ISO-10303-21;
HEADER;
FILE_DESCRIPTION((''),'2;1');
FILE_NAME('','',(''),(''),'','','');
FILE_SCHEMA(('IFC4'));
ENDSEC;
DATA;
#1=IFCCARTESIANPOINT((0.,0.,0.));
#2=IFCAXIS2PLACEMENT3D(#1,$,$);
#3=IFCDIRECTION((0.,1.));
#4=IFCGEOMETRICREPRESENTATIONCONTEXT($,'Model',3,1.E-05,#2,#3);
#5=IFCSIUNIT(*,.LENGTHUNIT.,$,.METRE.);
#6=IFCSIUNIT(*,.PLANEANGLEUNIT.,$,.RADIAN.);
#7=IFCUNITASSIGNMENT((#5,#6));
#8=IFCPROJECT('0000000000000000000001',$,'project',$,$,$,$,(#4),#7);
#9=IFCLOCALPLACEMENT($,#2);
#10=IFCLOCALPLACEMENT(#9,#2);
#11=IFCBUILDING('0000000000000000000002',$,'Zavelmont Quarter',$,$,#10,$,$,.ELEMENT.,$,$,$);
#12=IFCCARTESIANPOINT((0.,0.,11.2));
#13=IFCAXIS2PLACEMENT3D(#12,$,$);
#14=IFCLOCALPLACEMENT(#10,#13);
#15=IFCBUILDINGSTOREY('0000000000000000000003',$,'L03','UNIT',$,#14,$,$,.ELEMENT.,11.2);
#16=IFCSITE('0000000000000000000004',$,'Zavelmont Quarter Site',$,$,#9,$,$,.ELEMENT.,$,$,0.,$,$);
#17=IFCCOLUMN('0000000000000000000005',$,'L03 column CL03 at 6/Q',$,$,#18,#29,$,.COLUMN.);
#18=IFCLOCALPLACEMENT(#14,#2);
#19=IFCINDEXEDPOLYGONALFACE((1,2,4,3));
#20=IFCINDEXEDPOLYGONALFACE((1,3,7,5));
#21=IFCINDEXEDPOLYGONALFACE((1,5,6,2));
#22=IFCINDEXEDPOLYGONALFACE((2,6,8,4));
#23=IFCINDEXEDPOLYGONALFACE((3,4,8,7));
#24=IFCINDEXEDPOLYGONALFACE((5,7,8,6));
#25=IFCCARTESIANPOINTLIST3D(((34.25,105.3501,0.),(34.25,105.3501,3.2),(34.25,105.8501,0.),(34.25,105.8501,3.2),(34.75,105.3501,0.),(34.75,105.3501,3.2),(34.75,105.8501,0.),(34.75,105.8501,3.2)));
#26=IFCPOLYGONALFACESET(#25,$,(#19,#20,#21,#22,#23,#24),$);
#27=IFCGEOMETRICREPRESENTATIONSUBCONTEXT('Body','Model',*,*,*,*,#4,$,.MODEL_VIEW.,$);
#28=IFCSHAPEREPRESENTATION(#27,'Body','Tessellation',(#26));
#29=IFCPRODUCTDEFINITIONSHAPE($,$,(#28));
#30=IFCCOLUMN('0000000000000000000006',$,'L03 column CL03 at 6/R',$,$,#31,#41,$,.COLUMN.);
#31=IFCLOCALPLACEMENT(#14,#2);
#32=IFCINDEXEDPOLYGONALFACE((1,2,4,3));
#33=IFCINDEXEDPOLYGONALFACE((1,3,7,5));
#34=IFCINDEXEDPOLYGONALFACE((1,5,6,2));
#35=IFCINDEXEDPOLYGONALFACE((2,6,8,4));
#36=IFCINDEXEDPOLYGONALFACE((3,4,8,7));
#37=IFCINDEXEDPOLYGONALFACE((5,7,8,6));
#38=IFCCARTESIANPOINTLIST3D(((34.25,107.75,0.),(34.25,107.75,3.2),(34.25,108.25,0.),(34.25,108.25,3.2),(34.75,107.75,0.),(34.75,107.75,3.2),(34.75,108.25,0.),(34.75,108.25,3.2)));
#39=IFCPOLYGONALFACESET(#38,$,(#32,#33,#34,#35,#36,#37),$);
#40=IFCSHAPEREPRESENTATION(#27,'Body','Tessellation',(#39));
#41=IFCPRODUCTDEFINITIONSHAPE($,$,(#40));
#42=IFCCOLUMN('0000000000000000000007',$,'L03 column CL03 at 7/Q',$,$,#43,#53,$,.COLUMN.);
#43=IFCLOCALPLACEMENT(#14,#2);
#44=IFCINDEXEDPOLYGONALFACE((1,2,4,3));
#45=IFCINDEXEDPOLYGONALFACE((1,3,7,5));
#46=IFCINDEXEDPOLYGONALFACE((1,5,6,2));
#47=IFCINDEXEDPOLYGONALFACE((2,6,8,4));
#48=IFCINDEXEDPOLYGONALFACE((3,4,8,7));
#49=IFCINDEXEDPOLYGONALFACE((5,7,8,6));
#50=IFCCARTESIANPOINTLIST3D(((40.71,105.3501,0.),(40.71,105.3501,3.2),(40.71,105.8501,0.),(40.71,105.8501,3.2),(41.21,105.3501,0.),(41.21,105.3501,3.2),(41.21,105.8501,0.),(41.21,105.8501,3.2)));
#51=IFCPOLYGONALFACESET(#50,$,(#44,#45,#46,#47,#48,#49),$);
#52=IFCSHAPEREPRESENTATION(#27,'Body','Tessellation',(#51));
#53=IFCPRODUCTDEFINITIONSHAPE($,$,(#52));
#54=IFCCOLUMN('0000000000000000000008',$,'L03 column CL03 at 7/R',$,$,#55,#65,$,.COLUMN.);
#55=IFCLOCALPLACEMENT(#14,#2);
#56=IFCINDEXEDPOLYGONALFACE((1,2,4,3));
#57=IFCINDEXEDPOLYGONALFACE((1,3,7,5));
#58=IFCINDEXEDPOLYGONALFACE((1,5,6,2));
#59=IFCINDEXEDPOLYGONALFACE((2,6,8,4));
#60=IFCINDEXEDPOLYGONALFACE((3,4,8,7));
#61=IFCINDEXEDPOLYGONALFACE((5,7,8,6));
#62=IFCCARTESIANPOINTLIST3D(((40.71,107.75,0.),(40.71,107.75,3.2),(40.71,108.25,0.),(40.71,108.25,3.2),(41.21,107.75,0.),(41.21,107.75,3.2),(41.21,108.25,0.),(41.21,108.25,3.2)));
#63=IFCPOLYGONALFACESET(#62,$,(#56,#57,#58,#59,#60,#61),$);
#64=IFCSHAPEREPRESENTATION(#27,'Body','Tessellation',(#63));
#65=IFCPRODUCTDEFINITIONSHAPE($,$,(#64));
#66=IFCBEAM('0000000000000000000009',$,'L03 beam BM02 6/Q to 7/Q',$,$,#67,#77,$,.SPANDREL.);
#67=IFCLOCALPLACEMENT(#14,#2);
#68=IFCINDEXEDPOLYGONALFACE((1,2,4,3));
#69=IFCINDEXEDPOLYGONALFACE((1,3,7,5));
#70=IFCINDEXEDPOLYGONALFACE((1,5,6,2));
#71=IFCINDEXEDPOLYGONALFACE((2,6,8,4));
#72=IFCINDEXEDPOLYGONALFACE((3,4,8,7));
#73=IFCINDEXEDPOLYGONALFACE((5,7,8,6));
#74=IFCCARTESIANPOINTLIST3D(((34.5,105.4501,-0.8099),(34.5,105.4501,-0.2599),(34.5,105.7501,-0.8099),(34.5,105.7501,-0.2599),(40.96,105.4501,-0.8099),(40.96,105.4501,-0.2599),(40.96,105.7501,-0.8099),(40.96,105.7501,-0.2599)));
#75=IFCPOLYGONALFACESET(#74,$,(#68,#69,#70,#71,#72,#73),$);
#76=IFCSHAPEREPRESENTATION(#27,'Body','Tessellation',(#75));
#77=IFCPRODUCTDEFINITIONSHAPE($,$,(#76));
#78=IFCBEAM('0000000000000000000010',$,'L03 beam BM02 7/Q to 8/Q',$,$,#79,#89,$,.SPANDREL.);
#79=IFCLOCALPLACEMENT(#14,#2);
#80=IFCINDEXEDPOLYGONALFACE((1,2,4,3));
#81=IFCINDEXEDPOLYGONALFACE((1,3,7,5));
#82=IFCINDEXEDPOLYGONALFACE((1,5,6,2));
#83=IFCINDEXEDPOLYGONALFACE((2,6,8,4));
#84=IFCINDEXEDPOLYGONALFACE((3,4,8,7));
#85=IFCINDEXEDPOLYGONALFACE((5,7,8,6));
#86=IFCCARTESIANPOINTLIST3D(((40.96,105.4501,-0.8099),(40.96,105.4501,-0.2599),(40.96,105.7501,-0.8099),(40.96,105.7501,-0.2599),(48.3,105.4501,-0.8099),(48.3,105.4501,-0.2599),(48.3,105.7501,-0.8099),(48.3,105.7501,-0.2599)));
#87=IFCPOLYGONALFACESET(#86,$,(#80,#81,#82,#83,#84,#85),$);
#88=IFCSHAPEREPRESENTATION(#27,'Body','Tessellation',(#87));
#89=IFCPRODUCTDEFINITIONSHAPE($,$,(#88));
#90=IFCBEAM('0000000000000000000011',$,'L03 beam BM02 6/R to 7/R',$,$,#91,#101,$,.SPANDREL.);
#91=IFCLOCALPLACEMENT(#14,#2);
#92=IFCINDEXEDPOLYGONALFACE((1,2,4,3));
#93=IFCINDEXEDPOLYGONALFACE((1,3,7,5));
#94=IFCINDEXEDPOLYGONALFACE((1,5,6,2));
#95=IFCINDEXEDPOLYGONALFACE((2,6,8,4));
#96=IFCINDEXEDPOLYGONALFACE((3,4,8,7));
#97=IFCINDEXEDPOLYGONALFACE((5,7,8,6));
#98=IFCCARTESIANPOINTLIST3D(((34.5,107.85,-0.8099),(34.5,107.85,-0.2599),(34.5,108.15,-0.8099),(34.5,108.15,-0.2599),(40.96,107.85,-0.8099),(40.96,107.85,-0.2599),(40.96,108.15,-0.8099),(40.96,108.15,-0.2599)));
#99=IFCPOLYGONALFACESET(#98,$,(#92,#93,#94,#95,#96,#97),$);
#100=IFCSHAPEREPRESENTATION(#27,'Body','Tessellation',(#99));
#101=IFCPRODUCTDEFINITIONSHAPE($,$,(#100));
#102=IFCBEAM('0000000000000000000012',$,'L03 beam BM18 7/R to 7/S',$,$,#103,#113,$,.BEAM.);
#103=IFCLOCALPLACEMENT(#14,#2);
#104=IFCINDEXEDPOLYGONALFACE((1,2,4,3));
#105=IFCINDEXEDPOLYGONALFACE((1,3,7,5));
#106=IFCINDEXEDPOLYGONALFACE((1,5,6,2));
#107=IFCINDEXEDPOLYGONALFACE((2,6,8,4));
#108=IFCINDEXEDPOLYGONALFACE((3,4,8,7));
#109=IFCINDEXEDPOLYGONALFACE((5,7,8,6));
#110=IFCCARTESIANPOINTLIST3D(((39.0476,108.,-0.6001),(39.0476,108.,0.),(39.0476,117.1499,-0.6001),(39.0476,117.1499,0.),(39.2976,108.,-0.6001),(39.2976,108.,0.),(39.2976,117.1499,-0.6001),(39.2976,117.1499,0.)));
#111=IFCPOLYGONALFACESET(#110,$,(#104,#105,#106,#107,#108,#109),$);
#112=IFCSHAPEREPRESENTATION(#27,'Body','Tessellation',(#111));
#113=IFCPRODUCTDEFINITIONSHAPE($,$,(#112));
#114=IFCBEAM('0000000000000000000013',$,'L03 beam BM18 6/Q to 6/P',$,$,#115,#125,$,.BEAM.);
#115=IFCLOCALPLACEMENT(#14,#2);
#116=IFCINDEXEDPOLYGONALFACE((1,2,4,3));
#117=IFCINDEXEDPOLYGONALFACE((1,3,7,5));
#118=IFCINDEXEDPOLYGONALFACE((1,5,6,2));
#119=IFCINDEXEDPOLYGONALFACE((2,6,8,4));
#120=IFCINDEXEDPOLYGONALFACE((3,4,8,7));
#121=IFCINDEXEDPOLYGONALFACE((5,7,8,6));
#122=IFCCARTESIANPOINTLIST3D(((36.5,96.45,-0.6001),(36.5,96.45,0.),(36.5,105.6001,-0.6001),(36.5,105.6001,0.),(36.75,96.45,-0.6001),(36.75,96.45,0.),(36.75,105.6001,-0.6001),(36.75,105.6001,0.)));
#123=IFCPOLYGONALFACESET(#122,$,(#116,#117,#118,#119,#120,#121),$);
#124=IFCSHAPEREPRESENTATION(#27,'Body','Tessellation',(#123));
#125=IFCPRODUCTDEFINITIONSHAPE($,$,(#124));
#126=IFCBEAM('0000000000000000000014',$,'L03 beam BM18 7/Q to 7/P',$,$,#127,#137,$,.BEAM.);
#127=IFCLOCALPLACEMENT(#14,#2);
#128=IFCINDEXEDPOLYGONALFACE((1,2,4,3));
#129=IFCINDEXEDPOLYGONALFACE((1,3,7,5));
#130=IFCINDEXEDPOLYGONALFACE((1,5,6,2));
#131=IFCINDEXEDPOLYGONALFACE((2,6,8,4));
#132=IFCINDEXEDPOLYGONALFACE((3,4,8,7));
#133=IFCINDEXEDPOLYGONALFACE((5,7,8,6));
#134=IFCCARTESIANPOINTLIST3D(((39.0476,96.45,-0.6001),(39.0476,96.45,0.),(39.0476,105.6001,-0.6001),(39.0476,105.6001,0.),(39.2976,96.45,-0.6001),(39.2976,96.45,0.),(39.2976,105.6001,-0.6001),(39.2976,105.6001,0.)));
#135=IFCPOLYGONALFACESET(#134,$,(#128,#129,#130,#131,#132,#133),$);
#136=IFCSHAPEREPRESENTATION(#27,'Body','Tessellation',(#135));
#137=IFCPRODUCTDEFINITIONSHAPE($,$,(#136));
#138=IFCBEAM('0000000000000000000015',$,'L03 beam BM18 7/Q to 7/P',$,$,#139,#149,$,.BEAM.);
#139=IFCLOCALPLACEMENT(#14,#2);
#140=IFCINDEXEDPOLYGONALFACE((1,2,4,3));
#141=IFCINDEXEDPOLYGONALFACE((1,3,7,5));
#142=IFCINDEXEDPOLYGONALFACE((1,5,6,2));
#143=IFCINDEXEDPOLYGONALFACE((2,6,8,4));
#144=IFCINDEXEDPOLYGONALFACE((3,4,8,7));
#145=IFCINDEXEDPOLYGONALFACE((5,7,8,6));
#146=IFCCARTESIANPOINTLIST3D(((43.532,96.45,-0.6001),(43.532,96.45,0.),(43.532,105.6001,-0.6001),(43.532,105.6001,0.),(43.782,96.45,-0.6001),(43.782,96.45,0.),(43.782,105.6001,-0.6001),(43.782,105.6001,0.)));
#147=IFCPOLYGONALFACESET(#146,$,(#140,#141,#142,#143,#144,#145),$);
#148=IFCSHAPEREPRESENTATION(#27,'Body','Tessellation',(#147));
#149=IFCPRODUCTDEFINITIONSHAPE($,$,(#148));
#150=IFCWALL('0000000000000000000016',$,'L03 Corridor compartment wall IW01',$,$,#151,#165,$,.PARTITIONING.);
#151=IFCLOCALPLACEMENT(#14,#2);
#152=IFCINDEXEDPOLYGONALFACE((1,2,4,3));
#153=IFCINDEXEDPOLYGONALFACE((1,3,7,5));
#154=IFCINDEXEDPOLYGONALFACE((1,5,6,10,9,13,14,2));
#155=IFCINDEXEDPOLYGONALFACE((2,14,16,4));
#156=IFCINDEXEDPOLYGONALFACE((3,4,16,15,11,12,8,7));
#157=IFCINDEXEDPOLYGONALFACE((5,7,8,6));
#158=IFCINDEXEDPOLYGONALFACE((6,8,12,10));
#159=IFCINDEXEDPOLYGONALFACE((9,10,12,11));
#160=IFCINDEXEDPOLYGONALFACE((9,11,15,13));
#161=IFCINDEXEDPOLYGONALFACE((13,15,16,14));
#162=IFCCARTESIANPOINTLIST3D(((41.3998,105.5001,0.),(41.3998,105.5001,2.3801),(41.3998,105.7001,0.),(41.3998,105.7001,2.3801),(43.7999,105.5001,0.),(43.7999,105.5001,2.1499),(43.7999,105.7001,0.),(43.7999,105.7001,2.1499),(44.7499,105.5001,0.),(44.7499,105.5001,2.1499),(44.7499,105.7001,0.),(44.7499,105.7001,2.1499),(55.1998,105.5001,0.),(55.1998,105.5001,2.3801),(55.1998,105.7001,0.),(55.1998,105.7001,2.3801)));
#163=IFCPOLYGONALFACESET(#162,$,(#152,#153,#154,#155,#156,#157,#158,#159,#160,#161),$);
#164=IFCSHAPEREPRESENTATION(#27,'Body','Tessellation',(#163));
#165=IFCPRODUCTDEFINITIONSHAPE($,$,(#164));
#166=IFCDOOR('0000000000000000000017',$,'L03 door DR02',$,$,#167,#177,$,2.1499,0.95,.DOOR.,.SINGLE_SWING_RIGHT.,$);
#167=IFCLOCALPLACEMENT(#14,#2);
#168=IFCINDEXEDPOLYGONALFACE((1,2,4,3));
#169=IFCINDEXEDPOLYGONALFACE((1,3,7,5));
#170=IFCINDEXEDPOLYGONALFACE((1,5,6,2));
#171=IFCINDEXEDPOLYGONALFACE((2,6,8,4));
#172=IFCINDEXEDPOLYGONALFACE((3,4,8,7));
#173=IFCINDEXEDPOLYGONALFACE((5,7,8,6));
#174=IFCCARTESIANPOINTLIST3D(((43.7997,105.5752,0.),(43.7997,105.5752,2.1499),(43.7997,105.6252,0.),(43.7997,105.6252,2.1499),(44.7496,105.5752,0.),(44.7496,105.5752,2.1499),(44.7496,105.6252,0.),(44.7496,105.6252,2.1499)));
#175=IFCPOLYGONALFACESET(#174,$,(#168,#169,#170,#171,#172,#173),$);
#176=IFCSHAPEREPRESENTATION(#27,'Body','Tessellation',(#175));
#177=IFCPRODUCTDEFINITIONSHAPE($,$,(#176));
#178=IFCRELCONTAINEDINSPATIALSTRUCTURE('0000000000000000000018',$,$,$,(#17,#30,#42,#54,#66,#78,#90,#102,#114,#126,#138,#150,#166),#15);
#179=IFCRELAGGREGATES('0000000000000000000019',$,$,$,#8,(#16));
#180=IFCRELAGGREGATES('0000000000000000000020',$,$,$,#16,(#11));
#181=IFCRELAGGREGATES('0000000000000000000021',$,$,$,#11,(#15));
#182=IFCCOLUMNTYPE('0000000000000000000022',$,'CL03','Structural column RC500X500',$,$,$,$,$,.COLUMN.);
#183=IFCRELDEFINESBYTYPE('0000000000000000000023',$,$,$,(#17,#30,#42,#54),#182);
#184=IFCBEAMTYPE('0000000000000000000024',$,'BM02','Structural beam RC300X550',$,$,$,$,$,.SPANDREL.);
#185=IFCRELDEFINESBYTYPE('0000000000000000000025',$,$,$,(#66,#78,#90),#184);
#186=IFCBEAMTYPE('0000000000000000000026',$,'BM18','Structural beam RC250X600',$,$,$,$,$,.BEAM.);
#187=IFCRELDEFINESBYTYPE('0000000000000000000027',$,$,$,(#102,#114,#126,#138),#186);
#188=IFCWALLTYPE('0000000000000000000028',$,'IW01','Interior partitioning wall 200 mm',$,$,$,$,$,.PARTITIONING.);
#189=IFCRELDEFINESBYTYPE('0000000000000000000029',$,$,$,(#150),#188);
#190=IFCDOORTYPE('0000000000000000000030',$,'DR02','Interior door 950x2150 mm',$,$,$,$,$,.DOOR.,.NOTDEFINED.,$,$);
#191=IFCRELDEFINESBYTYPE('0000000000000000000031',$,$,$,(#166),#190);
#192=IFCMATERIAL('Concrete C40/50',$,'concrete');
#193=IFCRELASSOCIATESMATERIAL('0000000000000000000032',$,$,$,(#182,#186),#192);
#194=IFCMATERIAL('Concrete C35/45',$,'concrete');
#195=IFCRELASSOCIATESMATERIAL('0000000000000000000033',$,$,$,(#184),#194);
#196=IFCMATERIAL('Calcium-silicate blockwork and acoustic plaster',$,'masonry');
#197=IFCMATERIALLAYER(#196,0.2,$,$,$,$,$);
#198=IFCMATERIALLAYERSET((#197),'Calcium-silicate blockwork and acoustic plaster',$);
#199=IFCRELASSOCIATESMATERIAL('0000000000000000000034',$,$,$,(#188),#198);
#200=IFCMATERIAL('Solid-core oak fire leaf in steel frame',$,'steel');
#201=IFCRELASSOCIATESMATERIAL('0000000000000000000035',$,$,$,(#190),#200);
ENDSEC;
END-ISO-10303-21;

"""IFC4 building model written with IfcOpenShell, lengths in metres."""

from ifc_helpers import new_model, si_unit, direction, frame, frame_2d, origin, origin_2d, place, context, subcontext, project, spatial, rectangle, extrude, material, layer, layer_set, material_profile, profile_set, type_object, element, fill, save


model = new_model("IFC4")

# Units and contexts
model_context = context("Model", 3, precision=1e-05, world=origin(), true_north=direction((0.0, 1.0)))
body_context = subcontext(model_context, "Body", "Model", "MODEL_VIEW")
ifc_project = project(units=[si_unit("LENGTHUNIT", "METRE"), si_unit("PLANEANGLEUNIT", "RADIAN")], contexts=[model_context])

# Site, building, storey
site_placement = place(None, origin())
site = spatial("IfcSite", under=ifc_project, at=site_placement, Name="Zavelmont Quarter Site", CompositionType="ELEMENT", RefElevation=0.0)
building_placement = place(site_placement, origin())
building = spatial("IfcBuilding", under=site, at=building_placement, Name="Zavelmont Quarter", CompositionType="ELEMENT")
storey_placement = place(building_placement, frame((0.0, 0.0, 11.2)))
storey = spatial("IfcBuildingStorey", under=building, at=storey_placement, Name="L03", Description="UNIT", CompositionType="ELEMENT", Elevation=11.2)

# Columns
ifc_material_1 = material(Name="Concrete C40/50", Category="concrete")
ifc_material_profile_1 = material_profile(ifc_material_1, rectangle(XDim=0.5, YDim=0.5, at=origin_2d()), Name="RC500X500")
ifc_profile_set_1 = profile_set([ifc_material_profile_1], Name="Concrete C40/50")
column_type = type_object("IfcColumnType", Name="CL03", Description="Structural column RC500X500", PredefinedType="COLUMN", material=ifc_profile_set_1)
for number, where, z_axis, x_axis, name in (
    (1, (34.5, 105.6001, 0.0), (0.0, 0.0, 1.0), (1.0, 0.0, 0.0), "L03 column CL03 at 6/Q"),
    (2, (34.5, 108.0, 0.0), (0.0, 0.0, 1.0), (1.0, 0.0, 0.0), "L03 column CL03 at 6/R"),
    (3, (40.96, 105.6001, 0.0), (0.0, 0.0, 1.0), (1.0, 0.0, 0.0), "L03 column CL03 at 7/Q"),
    (4, (40.96, 108.0, 0.0), (0.0, 0.0, 1.0), (1.0, 0.0, 0.0), "L03 column CL03 at 7/R"),
):
    element("IfcColumn", number, at=place(storey_placement, frame(where, z_axis=z_axis, x_axis=x_axis)), inside=storey, type_object=column_type, Name=name, PredefinedType="COLUMN", context=body_context, shape_type="SweptSolid", body=[
        extrude(rectangle(XDim=0.5, YDim=0.5, at=origin_2d()), origin(), (0.0, 0.0, 1.0), 3.2),
    ])

# Beams
ifc_material_2 = material(Name="Concrete C35/45", Category="concrete")
ifc_material_profile_2 = material_profile(ifc_material_2, rectangle(XDim=0.3, YDim=0.55, at=origin_2d()), Name="RC300X550")
ifc_profile_set_2 = profile_set([ifc_material_profile_2], Name="Concrete C35/45")
beam_type_1 = type_object("IfcBeamType", Name="BM02", Description="Structural beam RC300X550", PredefinedType="SPANDREL", material=ifc_profile_set_2)
beam_1_placement = place(storey_placement, frame((34.5, 105.6001, -0.5349), z_axis=(1.0, 0.0, 0.0), x_axis=(0.0, 1.0, 0.0)))
element("IfcBeam", 5, at=beam_1_placement, inside=storey, type_object=beam_type_1, Name="L03 beam BM02 6/Q to 7/Q", PredefinedType="SPANDREL", context=body_context, shape_type="SweptSolid", body=[
    extrude(rectangle(XDim=0.3, YDim=0.55, at=origin_2d()), origin(), (0.0, 0.0, 1.0), 6.46),
])
beam_2_placement = place(storey_placement, frame((40.96, 105.6001, -0.5349), z_axis=(1.0, 0.0, 0.0), x_axis=(0.0, 1.0, 0.0)))
element("IfcBeam", 6, at=beam_2_placement, inside=storey, type_object=beam_type_1, Name="L03 beam BM02 7/Q to 8/Q", PredefinedType="SPANDREL", context=body_context, shape_type="SweptSolid", body=[
    extrude(rectangle(XDim=0.3, YDim=0.55, at=origin_2d()), origin(), (0.0, 0.0, 1.0), 7.3401),
])
beam_3_placement = place(storey_placement, frame((34.5, 108.0, -0.5349), z_axis=(1.0, 0.0, 0.0), x_axis=(0.0, 1.0, 0.0)))
element("IfcBeam", 7, at=beam_3_placement, inside=storey, type_object=beam_type_1, Name="L03 beam BM02 6/R to 7/R", PredefinedType="SPANDREL", context=body_context, shape_type="SweptSolid", body=[
    extrude(rectangle(XDim=0.3, YDim=0.55, at=origin_2d()), origin(), (0.0, 0.0, 1.0), 6.46),
])
ifc_material_profile_3 = material_profile(ifc_material_1, rectangle(XDim=0.25, YDim=0.6001, at=origin_2d()), Name="RC250X600")
ifc_profile_set_3 = profile_set([ifc_material_profile_3], Name="Concrete C40/50")
beam_type_2 = type_object("IfcBeamType", Name="BM18", Description="Structural beam RC250X600", PredefinedType="BEAM", material=ifc_profile_set_3)
beam_4_placement = place(storey_placement, frame((39.1726, 108.0, -0.3), z_axis=(0.0, 1.0, 0.0), x_axis=(-1.0, 0.0, 0.0)))
element("IfcBeam", 8, at=beam_4_placement, inside=storey, type_object=beam_type_2, Name="L03 beam BM18 7/R to 7/S", PredefinedType="BEAM", context=body_context, shape_type="SweptSolid", body=[
    extrude(rectangle(XDim=0.25, YDim=0.6001, at=origin_2d()), origin(), (0.0, 0.0, 1.0), 9.1499),
])
for number, where, z_axis, x_axis, name in (
    (9, (36.625, 105.6001, -0.3), (0.0, -1.0, 0.0), (1.0, 0.0, 0.0), "L03 beam BM18 6/Q to 6/P"),
    (10, (39.1726, 105.6001, -0.3), (0.0, -1.0, 0.0), (1.0, 0.0, 0.0), "L03 beam BM18 7/Q to 7/P"),
    (11, (43.657, 105.6001, -0.3), (0.0, -1.0, 0.0), (1.0, 0.0, 0.0), "L03 beam BM18 7/Q to 7/P"),
):
    element("IfcBeam", number, at=place(storey_placement, frame(where, z_axis=z_axis, x_axis=x_axis)), inside=storey, type_object=beam_type_2, Name=name, PredefinedType="BEAM", context=body_context, shape_type="SweptSolid", body=[
        extrude(rectangle(XDim=0.25, YDim=0.6001, at=origin_2d()), origin(), (0.0, 0.0, 1.0), 9.1501),
    ])

# Wall, opening, door
ifc_material_3 = material(Name="Calcium-silicate blockwork and acoustic plaster", Category="masonry")
ifc_layer_1 = layer(ifc_material_3, 0.2)
ifc_layer_set_1 = layer_set([ifc_layer_1], Name="Calcium-silicate blockwork and acoustic plaster")
wall_type_1 = type_object("IfcWallType", Name="IW01", Description="Interior partitioning wall 200 mm", PredefinedType="PARTITIONING", material=ifc_layer_set_1)
wall_1_placement = place(storey_placement, frame((41.3999, 105.6001, 0.0), z_axis=(0.0, 0.0, 1.0), x_axis=(1.0, 0.0, 0.0)))
wall_1 = element("IfcWall", 12, at=wall_1_placement, inside=storey, type_object=wall_type_1, Name="L03 Corridor compartment wall IW01", PredefinedType="PARTITIONING", context=body_context, shape_type="SweptSolid", body=[
    extrude(rectangle(XDim=13.8, YDim=0.2, at=frame_2d((6.8999, 0.0))), origin(), (0.0, 0.0, 1.0), 2.3801),
])
opening_1_placement = place(wall_1_placement, frame((2.3999, 0.0, 0.0)))
opening_1 = element("IfcOpeningElement", 13, at=opening_1_placement, cuts=wall_1, PredefinedType="OPENING", context=body_context, shape_type="SweptSolid", body=[
    extrude(rectangle(XDim=0.95, YDim=2.1499, at=frame_2d((0.4751, 1.075))), frame((0.0, 0.1118, 0.0), z_axis=(0.0, -1.0, 0.0), x_axis=(1.0, 0.0, 0.0)), (0.0, 0.0, 1.0), 0.2239),
])
ifc_material_4 = material(Name="Solid-core oak fire leaf in steel frame", Category="steel")
door_type_1 = type_object("IfcDoorType", Name="DR02", Description="Interior door 950x2150 mm", OperationType="NOTDEFINED", PredefinedType="DOOR", material=ifc_material_4)
door_1_placement = place(opening_1_placement, frame((0.95, 0.0, 0.0), z_axis=(0.0, 0.0, 1.0), x_axis=(-1.0, 0.0, 0.0)))
door_1 = element("IfcDoor", 14, at=door_1_placement, inside=storey, type_object=door_type_1, Name="L03 door DR02", OperationType="SINGLE_SWING_RIGHT", OverallHeight=2.1499, OverallWidth=0.95, PredefinedType="DOOR", context=body_context, shape_type="SweptSolid", body=[
    extrude(rectangle(XDim=0.95, YDim=2.1499, at=frame_2d((0.4751, 1.075))), frame((0.0, 0.0249, 0.0), z_axis=(0.0, -1.0, 0.0), x_axis=(1.0, 0.0, 0.0)), (0.0, 0.0, 1.0), 0.05),
])
fill(opening_1, door_1)

save(model, "model.ifc")
